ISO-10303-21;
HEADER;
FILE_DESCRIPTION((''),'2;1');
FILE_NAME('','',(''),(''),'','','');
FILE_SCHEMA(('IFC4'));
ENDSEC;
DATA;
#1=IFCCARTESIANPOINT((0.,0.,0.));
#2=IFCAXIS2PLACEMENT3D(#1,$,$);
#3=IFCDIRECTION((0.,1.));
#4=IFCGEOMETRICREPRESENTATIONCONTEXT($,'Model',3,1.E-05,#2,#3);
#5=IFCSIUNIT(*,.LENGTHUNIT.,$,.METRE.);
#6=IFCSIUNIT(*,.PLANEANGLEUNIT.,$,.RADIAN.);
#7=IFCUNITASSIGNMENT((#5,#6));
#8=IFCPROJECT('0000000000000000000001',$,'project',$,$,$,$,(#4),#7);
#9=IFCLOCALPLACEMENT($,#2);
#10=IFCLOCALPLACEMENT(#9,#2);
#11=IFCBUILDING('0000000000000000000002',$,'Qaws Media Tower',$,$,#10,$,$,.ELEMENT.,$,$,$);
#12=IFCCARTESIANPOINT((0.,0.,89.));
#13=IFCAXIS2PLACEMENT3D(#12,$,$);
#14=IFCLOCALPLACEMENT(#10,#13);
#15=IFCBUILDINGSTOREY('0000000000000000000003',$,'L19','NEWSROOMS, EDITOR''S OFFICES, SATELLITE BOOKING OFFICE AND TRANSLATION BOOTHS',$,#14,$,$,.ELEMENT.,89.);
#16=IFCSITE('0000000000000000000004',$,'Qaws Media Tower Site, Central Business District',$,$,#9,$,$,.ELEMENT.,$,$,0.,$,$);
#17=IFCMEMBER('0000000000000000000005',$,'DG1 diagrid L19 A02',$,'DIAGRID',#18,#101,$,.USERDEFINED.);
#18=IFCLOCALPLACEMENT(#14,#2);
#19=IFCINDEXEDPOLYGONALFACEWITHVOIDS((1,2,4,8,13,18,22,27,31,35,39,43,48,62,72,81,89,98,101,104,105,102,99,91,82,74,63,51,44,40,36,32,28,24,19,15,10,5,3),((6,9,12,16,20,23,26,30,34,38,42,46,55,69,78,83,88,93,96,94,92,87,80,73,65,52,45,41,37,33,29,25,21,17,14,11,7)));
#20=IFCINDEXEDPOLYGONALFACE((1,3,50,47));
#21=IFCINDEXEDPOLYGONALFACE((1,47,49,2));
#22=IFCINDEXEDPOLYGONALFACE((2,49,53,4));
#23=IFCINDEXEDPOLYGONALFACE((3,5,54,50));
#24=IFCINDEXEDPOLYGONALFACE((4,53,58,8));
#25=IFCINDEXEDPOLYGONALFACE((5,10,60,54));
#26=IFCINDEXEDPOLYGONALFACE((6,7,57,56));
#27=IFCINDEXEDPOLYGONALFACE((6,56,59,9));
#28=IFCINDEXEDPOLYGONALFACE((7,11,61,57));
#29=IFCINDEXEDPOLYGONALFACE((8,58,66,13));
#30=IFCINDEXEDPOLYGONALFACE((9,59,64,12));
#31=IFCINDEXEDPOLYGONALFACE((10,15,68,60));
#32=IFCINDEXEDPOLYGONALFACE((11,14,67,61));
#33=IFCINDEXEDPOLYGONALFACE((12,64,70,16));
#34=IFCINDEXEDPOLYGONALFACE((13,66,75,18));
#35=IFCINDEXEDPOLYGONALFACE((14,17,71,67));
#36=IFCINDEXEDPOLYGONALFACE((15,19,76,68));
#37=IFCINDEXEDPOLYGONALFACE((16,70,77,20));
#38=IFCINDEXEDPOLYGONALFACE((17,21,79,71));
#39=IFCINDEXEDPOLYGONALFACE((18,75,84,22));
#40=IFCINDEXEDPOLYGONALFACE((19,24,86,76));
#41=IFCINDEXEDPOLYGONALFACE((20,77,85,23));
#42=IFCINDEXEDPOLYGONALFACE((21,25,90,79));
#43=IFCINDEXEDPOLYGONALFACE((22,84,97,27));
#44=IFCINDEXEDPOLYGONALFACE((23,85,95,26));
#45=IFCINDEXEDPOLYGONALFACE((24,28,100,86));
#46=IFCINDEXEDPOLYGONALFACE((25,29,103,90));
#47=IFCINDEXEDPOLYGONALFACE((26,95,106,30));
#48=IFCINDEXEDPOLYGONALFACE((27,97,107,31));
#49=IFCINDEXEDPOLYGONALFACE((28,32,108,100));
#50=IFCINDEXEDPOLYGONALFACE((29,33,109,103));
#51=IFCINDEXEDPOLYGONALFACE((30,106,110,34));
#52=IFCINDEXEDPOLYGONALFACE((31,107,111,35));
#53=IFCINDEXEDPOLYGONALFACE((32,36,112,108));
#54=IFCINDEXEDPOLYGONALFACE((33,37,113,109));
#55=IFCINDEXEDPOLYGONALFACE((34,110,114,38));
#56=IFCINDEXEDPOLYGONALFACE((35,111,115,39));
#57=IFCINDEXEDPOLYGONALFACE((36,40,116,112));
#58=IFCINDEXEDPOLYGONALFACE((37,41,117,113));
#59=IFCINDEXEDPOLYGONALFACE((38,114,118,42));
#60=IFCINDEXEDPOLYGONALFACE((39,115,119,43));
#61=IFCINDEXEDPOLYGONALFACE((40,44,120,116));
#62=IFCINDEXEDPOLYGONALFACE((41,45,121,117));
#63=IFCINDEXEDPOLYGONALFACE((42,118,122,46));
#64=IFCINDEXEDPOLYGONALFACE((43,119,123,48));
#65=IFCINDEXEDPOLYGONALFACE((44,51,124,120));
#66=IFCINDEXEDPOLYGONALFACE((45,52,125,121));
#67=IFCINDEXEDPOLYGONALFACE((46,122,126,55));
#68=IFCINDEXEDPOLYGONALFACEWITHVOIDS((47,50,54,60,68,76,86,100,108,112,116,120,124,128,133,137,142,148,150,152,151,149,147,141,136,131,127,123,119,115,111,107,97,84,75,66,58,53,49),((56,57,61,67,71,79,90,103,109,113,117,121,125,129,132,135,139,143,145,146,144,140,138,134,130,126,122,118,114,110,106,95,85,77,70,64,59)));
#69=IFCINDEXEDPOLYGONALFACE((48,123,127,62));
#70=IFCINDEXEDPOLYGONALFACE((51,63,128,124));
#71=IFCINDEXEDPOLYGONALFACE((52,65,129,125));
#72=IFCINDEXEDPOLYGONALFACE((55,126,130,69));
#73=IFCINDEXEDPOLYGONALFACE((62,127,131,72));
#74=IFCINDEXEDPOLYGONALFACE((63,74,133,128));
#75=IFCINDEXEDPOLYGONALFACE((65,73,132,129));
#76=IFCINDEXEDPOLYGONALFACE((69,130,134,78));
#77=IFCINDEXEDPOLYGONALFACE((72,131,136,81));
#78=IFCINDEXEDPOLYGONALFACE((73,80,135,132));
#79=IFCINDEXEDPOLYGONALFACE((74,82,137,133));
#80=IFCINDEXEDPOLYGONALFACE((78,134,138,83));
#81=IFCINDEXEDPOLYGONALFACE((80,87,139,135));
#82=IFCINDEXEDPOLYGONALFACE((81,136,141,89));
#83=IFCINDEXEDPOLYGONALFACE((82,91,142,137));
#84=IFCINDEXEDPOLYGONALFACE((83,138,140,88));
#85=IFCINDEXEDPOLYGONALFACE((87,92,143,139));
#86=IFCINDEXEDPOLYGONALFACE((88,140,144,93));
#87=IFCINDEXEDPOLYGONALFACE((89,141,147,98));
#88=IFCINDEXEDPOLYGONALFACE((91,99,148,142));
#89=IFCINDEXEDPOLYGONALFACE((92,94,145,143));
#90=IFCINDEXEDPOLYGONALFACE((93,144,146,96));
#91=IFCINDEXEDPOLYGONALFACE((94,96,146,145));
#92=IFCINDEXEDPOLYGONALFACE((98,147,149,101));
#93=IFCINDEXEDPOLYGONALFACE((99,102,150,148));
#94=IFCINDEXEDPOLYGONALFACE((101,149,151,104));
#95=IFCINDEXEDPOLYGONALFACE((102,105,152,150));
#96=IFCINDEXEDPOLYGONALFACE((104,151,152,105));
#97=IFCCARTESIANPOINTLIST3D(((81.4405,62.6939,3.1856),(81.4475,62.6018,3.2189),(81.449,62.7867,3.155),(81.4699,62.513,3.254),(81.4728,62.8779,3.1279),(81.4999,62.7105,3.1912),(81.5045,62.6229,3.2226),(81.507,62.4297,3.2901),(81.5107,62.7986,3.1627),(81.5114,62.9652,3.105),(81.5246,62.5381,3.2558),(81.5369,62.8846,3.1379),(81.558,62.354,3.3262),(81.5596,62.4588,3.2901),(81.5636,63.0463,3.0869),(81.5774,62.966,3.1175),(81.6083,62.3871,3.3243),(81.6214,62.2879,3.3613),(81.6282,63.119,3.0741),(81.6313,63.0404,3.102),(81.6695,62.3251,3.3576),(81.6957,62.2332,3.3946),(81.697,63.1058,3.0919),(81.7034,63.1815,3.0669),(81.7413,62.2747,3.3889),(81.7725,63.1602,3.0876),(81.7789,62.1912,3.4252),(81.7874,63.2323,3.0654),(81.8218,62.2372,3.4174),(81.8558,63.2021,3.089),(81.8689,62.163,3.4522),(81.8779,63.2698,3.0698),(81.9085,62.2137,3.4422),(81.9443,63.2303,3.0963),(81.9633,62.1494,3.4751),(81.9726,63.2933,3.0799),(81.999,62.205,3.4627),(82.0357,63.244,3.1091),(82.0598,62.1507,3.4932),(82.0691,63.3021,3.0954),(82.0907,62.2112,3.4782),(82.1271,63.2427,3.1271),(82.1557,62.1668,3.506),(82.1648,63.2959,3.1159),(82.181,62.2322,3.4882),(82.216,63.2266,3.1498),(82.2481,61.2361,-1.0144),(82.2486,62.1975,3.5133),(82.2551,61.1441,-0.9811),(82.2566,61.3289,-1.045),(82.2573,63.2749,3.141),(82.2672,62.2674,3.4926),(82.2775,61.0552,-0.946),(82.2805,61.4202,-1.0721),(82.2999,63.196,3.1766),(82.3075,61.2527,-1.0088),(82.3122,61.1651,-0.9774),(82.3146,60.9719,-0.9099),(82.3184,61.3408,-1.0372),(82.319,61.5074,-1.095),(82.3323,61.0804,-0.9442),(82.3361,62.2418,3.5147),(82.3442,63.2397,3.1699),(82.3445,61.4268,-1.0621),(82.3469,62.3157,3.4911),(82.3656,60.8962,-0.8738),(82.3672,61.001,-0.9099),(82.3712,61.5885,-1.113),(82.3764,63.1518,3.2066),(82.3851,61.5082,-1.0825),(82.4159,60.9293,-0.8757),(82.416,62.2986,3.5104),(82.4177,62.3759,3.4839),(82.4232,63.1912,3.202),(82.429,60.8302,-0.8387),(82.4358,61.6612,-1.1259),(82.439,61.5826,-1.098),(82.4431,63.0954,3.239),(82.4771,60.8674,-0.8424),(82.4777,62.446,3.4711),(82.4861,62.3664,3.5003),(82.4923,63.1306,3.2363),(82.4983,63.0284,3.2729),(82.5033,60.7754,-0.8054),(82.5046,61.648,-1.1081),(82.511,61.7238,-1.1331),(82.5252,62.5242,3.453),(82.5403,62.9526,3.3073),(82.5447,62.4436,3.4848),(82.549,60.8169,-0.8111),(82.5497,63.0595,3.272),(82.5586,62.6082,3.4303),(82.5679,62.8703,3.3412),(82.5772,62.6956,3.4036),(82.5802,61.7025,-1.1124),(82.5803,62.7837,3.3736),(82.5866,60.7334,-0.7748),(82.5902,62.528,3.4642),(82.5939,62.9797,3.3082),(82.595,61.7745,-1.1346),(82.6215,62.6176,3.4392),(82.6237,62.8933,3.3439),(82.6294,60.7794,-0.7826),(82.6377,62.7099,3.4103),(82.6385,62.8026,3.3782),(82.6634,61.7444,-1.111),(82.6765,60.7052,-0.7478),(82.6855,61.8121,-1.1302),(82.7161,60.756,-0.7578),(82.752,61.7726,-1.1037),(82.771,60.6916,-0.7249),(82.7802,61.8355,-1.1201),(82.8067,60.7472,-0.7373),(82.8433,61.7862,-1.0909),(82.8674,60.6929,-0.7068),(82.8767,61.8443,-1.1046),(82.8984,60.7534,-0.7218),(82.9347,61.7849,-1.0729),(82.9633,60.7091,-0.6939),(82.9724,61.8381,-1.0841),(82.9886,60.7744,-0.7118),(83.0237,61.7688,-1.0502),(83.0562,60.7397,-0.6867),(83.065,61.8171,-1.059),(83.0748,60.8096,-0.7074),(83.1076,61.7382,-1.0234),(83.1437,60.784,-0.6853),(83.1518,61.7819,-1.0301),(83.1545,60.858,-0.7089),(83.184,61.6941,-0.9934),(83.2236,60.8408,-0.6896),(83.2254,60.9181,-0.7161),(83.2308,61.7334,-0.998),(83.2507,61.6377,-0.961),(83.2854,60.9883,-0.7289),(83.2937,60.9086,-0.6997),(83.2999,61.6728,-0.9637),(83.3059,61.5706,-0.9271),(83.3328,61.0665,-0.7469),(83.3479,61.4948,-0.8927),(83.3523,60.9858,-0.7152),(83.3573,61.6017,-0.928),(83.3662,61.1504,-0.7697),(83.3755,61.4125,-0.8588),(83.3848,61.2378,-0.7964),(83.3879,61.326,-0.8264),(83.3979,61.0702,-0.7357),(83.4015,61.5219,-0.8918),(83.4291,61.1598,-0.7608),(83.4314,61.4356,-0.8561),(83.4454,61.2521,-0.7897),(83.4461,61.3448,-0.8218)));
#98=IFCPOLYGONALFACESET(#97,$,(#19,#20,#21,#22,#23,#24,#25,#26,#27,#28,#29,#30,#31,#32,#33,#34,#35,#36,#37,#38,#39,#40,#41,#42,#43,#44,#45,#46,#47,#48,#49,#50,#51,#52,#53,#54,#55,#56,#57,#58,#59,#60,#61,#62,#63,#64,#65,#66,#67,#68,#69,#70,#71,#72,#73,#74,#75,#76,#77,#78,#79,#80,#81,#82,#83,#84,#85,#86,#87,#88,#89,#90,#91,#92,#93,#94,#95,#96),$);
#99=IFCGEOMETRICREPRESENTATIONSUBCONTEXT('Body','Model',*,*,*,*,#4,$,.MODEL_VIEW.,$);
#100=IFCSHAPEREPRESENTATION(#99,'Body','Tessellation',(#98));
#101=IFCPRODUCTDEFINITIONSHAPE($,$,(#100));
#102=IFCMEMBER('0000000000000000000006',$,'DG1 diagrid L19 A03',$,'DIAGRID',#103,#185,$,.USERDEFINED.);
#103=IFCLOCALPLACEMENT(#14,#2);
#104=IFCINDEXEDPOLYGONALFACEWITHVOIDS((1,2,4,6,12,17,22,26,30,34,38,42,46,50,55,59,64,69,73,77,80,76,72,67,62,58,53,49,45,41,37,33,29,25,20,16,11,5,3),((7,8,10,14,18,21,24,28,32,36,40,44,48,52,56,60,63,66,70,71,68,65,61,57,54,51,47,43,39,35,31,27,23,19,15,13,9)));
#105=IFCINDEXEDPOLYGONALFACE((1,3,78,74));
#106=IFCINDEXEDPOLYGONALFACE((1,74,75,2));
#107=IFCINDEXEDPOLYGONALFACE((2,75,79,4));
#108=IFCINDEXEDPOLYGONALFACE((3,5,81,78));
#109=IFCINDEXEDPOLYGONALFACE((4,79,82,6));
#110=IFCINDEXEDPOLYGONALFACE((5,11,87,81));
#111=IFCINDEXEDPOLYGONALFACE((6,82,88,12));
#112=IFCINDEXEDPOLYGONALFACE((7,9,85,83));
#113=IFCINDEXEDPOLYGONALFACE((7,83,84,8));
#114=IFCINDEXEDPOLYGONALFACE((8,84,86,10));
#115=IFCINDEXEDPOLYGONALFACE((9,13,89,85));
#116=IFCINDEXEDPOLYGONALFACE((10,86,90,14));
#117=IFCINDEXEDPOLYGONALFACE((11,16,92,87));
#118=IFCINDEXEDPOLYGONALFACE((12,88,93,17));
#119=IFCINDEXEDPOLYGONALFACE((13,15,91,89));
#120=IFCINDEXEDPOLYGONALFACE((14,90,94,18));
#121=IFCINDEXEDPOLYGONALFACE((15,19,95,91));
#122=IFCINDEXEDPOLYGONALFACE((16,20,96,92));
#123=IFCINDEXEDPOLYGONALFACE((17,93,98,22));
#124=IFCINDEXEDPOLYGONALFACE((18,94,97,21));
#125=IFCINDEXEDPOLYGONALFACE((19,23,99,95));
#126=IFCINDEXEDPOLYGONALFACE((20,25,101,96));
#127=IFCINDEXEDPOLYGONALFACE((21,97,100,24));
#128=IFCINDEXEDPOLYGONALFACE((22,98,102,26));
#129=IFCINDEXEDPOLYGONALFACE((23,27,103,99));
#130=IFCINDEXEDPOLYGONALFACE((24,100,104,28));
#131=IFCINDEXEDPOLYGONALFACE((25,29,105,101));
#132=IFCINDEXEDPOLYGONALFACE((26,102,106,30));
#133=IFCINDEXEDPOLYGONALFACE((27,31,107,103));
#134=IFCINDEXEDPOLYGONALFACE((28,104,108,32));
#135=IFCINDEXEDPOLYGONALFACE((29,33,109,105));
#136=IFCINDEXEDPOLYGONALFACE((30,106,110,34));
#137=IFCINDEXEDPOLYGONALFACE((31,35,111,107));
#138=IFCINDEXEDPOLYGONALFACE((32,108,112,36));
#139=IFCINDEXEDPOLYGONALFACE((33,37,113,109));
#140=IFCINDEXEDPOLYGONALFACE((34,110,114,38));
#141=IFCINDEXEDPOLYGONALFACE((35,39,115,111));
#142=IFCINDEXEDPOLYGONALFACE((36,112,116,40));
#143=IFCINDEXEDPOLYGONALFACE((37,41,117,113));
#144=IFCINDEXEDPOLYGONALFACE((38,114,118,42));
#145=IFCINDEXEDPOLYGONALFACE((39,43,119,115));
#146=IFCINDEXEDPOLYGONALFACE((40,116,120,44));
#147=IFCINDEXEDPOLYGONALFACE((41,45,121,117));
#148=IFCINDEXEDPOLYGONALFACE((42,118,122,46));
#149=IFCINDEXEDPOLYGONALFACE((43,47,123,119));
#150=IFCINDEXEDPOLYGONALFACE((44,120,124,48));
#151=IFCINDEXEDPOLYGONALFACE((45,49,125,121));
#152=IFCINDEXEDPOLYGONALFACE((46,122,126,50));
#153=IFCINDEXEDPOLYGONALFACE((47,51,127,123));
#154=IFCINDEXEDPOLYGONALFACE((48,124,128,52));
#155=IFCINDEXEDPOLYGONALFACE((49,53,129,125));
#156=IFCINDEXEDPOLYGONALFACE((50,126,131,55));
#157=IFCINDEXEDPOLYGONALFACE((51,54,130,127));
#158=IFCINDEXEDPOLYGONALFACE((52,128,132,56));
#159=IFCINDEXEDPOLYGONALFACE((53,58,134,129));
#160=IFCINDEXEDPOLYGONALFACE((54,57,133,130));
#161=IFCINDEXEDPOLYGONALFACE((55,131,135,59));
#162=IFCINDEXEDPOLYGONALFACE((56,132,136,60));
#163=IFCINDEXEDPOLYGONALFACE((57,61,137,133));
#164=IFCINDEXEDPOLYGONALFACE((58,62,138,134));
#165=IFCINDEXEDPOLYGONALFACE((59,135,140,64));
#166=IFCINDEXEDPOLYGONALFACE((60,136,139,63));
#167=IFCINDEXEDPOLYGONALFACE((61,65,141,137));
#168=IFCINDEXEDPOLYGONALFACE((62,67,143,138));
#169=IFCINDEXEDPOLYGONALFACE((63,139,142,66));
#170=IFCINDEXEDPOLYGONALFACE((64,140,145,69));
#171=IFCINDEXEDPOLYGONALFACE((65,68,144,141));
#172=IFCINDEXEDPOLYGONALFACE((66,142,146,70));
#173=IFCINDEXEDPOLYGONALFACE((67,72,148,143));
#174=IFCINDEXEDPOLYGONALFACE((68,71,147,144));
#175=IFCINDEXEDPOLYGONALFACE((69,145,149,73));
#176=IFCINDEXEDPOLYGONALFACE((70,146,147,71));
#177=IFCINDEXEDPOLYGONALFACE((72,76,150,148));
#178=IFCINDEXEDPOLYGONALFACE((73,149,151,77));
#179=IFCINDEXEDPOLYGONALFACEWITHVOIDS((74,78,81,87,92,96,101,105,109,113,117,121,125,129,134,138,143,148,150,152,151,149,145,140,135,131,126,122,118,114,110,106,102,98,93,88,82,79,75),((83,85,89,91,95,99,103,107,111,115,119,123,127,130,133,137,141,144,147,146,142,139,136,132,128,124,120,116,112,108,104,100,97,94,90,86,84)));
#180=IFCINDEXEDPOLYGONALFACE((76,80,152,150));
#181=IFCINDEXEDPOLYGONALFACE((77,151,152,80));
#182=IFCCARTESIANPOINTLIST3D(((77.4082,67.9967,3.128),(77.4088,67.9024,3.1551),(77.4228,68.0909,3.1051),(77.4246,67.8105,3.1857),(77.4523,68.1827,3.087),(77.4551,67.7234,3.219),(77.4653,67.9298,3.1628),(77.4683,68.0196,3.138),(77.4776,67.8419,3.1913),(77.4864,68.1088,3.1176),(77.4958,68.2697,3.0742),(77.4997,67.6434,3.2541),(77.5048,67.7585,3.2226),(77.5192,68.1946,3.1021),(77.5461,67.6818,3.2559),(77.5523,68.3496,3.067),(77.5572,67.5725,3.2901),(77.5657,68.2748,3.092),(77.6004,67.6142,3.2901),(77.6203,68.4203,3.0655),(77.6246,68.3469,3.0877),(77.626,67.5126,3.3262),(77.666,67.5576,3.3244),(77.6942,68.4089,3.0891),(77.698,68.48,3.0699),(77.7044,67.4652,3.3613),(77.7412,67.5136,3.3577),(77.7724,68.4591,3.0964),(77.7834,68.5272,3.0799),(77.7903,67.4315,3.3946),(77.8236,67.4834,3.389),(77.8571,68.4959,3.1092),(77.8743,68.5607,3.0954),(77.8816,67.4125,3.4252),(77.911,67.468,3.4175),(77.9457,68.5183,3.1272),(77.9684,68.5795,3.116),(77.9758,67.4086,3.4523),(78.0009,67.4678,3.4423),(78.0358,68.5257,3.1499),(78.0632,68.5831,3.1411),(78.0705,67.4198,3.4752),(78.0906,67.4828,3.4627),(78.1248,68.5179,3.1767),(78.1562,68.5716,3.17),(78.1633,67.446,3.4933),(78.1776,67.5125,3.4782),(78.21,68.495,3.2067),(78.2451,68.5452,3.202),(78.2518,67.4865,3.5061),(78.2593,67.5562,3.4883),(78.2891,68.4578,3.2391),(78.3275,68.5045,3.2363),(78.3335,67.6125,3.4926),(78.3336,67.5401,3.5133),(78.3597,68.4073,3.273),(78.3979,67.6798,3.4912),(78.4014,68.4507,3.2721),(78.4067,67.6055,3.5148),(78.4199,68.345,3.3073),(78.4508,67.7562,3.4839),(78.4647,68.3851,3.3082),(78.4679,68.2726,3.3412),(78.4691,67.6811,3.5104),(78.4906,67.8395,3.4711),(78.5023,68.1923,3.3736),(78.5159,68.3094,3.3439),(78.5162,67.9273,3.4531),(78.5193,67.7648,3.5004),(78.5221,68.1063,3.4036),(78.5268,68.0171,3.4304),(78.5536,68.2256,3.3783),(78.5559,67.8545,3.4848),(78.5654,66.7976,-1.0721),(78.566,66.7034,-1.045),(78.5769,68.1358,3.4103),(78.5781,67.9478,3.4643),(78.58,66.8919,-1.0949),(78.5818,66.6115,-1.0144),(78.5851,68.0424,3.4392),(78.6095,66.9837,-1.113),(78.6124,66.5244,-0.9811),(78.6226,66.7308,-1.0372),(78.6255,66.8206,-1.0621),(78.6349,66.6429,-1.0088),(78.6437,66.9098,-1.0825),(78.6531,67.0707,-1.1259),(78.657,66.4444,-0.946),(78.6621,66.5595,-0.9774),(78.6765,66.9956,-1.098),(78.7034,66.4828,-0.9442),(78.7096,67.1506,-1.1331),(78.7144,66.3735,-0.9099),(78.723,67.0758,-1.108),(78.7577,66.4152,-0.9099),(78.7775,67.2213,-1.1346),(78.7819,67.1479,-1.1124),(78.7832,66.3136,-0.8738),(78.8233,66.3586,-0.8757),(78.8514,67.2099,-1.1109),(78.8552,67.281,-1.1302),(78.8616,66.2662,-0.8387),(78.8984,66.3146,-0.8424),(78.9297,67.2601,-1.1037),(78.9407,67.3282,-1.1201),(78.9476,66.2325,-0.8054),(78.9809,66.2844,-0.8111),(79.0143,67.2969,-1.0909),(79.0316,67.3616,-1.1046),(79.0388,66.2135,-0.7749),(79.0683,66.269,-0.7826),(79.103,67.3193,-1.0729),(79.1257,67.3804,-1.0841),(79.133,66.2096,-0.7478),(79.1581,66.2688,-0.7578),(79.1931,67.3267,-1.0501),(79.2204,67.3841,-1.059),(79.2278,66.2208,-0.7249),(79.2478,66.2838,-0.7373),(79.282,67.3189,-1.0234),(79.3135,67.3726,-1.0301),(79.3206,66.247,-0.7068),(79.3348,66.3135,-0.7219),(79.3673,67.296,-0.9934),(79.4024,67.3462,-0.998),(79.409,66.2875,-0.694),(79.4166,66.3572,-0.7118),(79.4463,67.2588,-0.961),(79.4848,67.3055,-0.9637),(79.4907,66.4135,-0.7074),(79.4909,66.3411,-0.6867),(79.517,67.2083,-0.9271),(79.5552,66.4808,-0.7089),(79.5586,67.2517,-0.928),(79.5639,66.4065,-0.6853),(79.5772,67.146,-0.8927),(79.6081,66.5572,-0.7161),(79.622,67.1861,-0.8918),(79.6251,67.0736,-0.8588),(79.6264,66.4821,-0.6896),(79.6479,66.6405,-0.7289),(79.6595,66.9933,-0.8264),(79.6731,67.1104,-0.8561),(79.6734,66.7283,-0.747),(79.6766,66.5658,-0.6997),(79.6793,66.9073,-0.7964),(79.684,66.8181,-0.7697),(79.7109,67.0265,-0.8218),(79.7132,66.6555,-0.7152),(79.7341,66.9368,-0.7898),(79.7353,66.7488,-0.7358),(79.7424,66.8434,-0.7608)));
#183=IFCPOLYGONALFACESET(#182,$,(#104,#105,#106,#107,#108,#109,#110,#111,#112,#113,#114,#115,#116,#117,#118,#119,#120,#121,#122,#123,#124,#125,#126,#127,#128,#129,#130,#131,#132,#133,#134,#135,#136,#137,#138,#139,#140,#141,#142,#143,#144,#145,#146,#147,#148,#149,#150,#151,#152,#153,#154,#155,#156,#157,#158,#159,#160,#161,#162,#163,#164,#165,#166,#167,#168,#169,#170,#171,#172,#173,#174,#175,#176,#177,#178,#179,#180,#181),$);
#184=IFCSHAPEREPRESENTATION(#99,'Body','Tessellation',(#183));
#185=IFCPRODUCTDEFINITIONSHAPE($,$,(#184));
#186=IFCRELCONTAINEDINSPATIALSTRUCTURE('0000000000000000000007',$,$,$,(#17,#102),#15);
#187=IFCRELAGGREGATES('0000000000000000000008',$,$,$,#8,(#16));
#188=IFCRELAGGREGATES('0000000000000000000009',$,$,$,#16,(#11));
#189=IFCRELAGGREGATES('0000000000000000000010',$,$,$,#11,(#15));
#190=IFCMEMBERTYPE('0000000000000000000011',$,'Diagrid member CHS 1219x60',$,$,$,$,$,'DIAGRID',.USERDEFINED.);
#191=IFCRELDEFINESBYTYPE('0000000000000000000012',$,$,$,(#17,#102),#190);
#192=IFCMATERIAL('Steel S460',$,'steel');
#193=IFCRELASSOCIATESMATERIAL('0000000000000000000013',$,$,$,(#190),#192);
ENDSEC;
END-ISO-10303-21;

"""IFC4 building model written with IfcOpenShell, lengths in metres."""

from ifc_helpers import new_model, si_unit, direction, frame, origin, origin_2d, place, context, subcontext, project, spatial, hollow_circle, extrude, material, material_profile, profile_set, type_object, element, save


model = new_model("IFC4")

# Units and contexts
model_context = context("Model", 3, precision=1e-05, world=origin(), true_north=direction((0.0, 1.0)))
body_context = subcontext(model_context, "Body", "Model", "MODEL_VIEW")
ifc_project = project(units=[si_unit("LENGTHUNIT", "METRE"), si_unit("PLANEANGLEUNIT", "RADIAN")], contexts=[model_context])

# Site, building, storey
site_placement = place(None, origin())
site = spatial("IfcSite", under=ifc_project, at=site_placement, Name="Qaws Media Tower Site, Central Business District", CompositionType="ELEMENT", RefElevation=0.0)
building_placement = place(site_placement, origin())
building = spatial("IfcBuilding", under=site, at=building_placement, Name="Qaws Media Tower", CompositionType="ELEMENT")
storey_placement = place(building_placement, frame((0.0, 0.0, 89.0)))
storey = spatial("IfcBuildingStorey", under=building, at=storey_placement, Name="L19", Description="NEWSROOMS, EDITOR'S OFFICES, SATELLITE BOOKING OFFICE AND TRANSLATION BOOTHS", CompositionType="ELEMENT", Elevation=89.0)

# Members
ifc_material_1 = material(Name="Steel S460", Category="steel")
ifc_material_profile_1 = material_profile(ifc_material_1, hollow_circle(Radius=0.6096, WallThickness=0.0601, at=origin_2d()), Name="CHS 1219x60")
ifc_profile_set_1 = profile_set([ifc_material_profile_1], Name="Steel S460")
member_type_1 = type_object("IfcMemberType", Name="Diagrid member CHS 1219x60", ElementType="DIAGRID", PredefinedType="USERDEFINED", material=ifc_profile_set_1)
for number, where, z_axis, x_axis, name in (
    (1, (82.8479, 61.2673, -0.9099), (-0.178735, 0.322621, 0.9295), (-0.87473, -0.48461, 0.0), "DG1 diagrid L19 A02"),
    (2, (79.1531, 66.7969, -0.9099), (-0.256112, 0.265351, 0.929513), (-0.719523, -0.694469, 0.0), "DG1 diagrid L19 A03"),
):
    element("IfcMember", number, at=place(storey_placement, frame(where, z_axis=z_axis, x_axis=x_axis)), inside=storey, type_object=member_type_1, Name=name, ObjectType="DIAGRID", PredefinedType="USERDEFINED", context=body_context, shape_type="SweptSolid", body=[
        extrude(hollow_circle(Radius=0.6096, WallThickness=0.0601, at=origin_2d()), origin(), (0.0, 0.0, 1.0), 4.5186),
    ])

save(model, "model.ifc")
